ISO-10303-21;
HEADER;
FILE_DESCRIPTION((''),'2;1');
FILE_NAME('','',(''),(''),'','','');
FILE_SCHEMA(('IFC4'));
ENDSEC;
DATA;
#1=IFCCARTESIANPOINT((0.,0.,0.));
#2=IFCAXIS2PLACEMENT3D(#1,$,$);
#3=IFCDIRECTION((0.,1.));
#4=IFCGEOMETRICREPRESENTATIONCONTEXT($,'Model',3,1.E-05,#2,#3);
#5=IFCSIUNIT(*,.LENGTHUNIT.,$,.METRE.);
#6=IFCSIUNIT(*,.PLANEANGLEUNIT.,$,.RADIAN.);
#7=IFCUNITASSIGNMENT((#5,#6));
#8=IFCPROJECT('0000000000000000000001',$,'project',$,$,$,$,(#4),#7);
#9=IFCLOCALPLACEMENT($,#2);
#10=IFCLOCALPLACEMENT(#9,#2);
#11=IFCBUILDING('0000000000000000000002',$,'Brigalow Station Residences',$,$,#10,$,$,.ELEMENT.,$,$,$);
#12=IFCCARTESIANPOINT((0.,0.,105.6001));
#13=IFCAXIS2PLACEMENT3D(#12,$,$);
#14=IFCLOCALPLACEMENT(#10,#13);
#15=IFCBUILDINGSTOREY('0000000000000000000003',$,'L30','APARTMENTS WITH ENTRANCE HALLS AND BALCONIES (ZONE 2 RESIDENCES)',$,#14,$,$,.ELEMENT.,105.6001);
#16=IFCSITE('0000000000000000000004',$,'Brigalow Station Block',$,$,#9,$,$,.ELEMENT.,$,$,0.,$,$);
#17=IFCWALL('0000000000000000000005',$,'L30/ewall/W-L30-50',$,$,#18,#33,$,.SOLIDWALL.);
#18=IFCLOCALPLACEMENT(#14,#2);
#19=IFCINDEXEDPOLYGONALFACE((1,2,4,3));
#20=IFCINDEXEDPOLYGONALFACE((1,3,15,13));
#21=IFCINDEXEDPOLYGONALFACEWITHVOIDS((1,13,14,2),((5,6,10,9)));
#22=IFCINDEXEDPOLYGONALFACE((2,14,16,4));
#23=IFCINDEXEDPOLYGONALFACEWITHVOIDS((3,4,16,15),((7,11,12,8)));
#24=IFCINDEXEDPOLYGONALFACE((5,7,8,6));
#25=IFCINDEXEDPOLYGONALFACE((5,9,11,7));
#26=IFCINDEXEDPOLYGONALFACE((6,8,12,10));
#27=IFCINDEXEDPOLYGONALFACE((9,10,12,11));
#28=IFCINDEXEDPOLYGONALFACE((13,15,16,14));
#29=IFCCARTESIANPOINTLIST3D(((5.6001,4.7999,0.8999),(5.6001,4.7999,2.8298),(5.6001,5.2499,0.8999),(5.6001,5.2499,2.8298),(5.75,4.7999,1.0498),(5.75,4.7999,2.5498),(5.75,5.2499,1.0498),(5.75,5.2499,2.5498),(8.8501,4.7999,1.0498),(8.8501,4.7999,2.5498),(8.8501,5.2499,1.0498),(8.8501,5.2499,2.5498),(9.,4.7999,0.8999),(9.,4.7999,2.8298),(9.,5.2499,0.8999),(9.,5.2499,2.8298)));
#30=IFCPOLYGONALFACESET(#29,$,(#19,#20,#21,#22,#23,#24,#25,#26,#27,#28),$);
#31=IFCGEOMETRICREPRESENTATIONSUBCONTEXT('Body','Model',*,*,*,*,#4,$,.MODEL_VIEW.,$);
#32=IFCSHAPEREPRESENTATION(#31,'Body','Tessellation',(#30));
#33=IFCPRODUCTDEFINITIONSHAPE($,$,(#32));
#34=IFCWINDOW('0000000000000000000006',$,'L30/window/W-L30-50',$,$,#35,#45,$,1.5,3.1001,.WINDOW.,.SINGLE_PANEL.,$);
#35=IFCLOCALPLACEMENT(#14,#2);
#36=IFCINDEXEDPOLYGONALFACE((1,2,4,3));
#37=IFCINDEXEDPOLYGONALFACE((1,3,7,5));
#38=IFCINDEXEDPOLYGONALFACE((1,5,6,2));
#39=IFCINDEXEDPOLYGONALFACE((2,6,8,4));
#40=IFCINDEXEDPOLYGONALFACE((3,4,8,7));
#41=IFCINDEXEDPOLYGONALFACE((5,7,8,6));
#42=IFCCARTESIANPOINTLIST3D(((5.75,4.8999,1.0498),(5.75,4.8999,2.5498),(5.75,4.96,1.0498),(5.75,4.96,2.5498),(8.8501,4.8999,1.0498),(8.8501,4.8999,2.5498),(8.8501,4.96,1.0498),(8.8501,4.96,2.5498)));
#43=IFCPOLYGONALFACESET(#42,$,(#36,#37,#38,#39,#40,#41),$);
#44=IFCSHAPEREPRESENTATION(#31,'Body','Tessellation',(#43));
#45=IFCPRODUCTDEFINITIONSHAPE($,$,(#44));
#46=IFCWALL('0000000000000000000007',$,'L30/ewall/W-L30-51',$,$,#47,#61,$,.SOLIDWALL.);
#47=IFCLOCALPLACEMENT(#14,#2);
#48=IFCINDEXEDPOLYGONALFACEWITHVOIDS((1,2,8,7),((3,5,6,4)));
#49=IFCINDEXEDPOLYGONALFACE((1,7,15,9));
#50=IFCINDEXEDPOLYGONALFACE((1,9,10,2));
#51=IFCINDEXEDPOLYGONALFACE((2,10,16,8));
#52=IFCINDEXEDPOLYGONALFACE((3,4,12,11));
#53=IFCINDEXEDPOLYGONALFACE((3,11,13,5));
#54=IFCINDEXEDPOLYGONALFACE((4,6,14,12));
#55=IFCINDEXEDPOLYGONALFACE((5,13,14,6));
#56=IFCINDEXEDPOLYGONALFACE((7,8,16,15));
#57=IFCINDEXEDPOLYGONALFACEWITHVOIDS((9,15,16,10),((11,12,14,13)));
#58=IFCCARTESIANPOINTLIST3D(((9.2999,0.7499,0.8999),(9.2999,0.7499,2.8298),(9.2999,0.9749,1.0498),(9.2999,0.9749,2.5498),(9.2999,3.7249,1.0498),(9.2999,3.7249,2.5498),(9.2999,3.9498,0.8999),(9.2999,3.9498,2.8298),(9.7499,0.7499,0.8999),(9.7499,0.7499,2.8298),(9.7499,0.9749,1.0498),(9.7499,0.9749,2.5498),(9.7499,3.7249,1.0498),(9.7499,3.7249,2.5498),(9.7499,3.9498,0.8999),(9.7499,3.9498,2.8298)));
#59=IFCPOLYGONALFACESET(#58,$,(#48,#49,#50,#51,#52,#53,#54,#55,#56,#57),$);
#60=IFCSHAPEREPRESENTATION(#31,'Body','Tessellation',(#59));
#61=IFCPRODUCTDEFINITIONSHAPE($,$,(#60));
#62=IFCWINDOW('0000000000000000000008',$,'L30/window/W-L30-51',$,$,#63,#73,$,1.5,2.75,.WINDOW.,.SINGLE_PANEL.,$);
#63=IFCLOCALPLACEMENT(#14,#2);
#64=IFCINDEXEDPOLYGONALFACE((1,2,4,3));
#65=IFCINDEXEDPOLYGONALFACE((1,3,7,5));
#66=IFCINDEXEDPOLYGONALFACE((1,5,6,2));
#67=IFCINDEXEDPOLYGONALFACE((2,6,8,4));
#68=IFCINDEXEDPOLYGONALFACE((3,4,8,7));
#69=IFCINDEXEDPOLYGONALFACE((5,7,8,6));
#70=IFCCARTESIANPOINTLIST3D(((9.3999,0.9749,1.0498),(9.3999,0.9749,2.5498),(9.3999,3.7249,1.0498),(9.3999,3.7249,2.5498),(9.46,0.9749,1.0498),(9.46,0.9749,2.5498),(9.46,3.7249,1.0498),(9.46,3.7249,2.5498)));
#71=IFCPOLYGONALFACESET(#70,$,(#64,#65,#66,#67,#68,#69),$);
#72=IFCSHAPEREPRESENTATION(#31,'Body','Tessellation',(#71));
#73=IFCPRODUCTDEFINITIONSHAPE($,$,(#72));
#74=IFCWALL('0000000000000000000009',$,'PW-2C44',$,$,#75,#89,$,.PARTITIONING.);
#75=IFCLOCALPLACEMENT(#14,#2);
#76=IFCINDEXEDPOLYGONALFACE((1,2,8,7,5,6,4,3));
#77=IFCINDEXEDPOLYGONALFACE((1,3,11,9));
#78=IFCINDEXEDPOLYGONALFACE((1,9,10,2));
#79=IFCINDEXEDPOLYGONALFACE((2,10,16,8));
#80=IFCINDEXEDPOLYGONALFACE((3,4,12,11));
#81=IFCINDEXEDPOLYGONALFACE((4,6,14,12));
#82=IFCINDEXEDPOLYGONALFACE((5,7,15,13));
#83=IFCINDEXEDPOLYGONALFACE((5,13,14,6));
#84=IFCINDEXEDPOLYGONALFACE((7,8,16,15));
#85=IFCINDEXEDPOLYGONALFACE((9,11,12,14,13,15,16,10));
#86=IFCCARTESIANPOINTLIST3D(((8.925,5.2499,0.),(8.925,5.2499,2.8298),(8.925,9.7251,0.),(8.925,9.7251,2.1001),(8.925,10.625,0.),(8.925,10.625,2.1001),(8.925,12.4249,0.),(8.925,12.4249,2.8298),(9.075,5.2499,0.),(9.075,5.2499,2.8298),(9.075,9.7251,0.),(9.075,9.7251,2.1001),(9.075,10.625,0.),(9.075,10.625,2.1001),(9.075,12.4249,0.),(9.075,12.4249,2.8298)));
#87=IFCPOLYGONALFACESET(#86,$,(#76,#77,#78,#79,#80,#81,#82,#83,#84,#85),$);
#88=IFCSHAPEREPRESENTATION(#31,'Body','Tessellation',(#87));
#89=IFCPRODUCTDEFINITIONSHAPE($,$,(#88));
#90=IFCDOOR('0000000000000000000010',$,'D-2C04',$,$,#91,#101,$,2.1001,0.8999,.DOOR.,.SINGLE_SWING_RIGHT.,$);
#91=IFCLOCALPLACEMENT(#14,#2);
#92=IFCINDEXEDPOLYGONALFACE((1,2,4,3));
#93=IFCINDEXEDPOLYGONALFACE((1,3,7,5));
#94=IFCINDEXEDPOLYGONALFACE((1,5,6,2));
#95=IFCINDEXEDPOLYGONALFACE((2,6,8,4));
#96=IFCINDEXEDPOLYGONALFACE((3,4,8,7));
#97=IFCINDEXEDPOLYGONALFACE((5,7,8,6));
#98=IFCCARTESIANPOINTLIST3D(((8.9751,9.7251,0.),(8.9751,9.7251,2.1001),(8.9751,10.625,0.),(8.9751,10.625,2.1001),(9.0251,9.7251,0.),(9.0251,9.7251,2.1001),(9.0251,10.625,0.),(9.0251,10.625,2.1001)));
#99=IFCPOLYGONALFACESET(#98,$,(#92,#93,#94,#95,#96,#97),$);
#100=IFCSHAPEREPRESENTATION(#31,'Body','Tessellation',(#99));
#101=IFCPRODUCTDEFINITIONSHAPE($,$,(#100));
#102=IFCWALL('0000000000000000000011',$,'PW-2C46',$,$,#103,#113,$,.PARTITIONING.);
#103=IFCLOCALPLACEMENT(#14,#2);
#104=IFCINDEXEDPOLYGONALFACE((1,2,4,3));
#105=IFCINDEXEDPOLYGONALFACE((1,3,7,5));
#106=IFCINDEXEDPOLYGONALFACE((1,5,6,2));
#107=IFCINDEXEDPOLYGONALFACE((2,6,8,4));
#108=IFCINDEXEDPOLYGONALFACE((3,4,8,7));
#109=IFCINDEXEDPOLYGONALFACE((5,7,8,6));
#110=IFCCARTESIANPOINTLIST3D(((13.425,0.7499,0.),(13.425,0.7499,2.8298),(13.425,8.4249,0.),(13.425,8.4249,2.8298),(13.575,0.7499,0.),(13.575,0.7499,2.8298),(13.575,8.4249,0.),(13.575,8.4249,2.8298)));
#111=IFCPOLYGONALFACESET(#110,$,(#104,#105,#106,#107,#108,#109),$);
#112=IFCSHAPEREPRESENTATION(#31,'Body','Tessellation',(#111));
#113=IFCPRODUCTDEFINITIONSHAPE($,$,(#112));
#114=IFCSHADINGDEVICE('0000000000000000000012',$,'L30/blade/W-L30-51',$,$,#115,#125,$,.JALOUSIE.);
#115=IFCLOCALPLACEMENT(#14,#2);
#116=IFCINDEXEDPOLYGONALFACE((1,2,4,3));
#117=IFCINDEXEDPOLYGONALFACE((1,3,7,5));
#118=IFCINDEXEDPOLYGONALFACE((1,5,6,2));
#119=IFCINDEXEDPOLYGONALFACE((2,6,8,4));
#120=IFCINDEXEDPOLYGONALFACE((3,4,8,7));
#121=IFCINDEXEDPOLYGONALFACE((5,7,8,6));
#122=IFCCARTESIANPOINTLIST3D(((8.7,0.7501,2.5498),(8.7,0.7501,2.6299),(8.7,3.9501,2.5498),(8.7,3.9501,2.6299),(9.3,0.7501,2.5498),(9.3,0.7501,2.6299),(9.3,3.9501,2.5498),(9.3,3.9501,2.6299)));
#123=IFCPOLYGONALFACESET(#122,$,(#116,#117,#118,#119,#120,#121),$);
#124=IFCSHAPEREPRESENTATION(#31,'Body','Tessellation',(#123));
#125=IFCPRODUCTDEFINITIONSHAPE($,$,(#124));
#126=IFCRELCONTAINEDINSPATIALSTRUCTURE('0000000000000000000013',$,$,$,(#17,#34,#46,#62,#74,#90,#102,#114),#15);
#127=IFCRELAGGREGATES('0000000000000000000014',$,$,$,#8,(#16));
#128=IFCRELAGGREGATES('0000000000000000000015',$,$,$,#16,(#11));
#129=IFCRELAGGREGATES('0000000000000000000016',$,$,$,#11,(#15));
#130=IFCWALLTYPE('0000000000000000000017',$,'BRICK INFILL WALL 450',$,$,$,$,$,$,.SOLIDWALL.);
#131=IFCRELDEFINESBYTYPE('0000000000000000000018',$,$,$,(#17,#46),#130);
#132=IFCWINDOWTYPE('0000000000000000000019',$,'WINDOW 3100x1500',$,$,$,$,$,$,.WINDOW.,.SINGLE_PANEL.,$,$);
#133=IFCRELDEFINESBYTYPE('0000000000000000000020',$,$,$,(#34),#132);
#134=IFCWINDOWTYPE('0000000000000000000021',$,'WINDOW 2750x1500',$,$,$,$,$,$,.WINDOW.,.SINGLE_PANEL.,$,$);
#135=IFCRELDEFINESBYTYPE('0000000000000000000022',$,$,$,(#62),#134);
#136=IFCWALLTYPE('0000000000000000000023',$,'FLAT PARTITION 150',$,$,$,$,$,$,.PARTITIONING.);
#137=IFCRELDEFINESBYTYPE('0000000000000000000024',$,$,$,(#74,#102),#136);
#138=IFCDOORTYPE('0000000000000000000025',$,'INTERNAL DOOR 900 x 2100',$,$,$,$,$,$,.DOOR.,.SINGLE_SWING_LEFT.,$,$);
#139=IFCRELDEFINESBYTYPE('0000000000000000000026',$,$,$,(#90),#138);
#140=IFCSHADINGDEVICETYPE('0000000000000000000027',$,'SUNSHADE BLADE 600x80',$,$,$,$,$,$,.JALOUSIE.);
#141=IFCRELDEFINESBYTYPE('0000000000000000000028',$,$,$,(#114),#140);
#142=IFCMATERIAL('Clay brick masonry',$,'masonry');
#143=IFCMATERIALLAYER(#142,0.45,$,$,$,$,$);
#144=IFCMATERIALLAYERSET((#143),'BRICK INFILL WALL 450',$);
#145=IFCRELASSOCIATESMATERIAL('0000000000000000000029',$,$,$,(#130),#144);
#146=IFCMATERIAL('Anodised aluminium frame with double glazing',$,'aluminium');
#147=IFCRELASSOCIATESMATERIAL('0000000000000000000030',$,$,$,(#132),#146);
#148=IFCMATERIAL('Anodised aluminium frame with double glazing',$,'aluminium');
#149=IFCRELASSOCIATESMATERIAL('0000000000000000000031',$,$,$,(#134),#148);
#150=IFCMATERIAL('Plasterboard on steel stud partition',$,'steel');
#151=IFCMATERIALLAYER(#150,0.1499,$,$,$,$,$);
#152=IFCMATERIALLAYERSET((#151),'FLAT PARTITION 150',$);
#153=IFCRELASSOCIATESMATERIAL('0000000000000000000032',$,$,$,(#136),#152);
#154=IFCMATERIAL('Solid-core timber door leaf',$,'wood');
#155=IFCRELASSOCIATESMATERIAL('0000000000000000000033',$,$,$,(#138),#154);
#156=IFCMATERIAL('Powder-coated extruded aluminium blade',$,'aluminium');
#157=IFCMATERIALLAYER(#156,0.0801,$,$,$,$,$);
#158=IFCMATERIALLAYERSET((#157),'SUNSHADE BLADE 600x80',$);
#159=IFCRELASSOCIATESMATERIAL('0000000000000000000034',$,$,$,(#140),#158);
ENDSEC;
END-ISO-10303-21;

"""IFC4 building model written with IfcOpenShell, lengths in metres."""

from ifc_helpers import new_model, si_unit, direction, frame, frame_2d, origin, origin_2d, place, context, subcontext, project, spatial, rectangle, extrude, material, layer, layer_set, type_object, element, fill, save


model = new_model("IFC4")

# Units and contexts
model_context = context("Model", 3, precision=1e-05, world=origin(), true_north=direction((0.0, 1.0)))
body_context = subcontext(model_context, "Body", "Model", "MODEL_VIEW")
ifc_project = project(units=[si_unit("LENGTHUNIT", "METRE"), si_unit("PLANEANGLEUNIT", "RADIAN")], contexts=[model_context])

# Site, building, storey
site_placement = place(None, origin())
site = spatial("IfcSite", under=ifc_project, at=site_placement, Name="Brigalow Station Block", CompositionType="ELEMENT", RefElevation=0.0)
building_placement = place(site_placement, origin())
building = spatial("IfcBuilding", under=site, at=building_placement, Name="Brigalow Station Residences", CompositionType="ELEMENT")
storey_placement = place(building_placement, frame((0.0, 0.0, 105.6001)))
storey = spatial("IfcBuildingStorey", under=building, at=storey_placement, Name="L30", Description="APARTMENTS WITH ENTRANCE HALLS AND BALCONIES (ZONE 2 RESIDENCES)", CompositionType="ELEMENT", Elevation=105.6001)

# Walls, openings, windows
ifc_material_1 = material(Name="Clay brick masonry", Category="masonry")
ifc_layer_1 = layer(ifc_material_1, 0.45)
ifc_layer_set_1 = layer_set([ifc_layer_1], Name="BRICK INFILL WALL 450")
wall_type_1 = type_object("IfcWallType", Name="BRICK INFILL WALL 450", PredefinedType="SOLIDWALL", material=ifc_layer_set_1)
wall_1_placement = place(storey_placement, frame((5.6001, 5.0249, 0.8999), z_axis=(0.0, 0.0, 1.0), x_axis=(1.0, 0.0, 0.0)))
wall_1 = element("IfcWall", 1, at=wall_1_placement, inside=storey, type_object=wall_type_1, Name="L30/ewall/W-L30-50", PredefinedType="SOLIDWALL", context=body_context, shape_type="SweptSolid", body=[
    extrude(rectangle(XDim=3.3999, YDim=0.45, at=frame_2d((1.7, 0.0))), origin(), (0.0, 0.0, 1.0), 1.9299),
])
opening_1_placement = place(wall_1_placement, frame((0.1499, 0.0, 0.1499)))
opening_1 = element("IfcOpeningElement", 2, at=opening_1_placement, cuts=wall_1, PredefinedType="OPENING", context=body_context, shape_type="SweptSolid", body=[
    extrude(rectangle(XDim=3.1001, YDim=1.5, at=frame_2d((1.55, 0.75))), frame((0.0, 0.2349, 0.0), z_axis=(0.0, -1.0, 0.0), x_axis=(1.0, 0.0, 0.0)), (0.0, 0.0, 1.0), 0.47),
])
ifc_material_2 = material(Name="Anodised aluminium frame with double glazing", Category="aluminium")
window_type_1 = type_object("IfcWindowType", Name="WINDOW 3100x1500", PartitioningType="SINGLE_PANEL", PredefinedType="WINDOW", material=ifc_material_2)
window_1_placement = place(opening_1_placement, origin())
window_1 = element("IfcWindow", 3, at=window_1_placement, inside=storey, type_object=window_type_1, Name="L30/window/W-L30-50", OverallHeight=1.5, OverallWidth=3.1001, PartitioningType="SINGLE_PANEL", PredefinedType="WINDOW", context=body_context, shape_type="SweptSolid", body=[
    extrude(rectangle(XDim=3.1001, YDim=1.5, at=frame_2d((1.55, 0.75))), frame((0.0, -0.0649, 0.0), z_axis=(0.0, -1.0, 0.0), x_axis=(1.0, 0.0, 0.0)), (0.0, 0.0, 1.0), 0.0601),
])
fill(opening_1, window_1)
wall_2_placement = place(storey_placement, frame((9.5249, 3.95, 0.8999), z_axis=(0.0, 0.0, 1.0), x_axis=(0.0, -1.0, 0.0)))
wall_2 = element("IfcWall", 4, at=wall_2_placement, inside=storey, type_object=wall_type_1, Name="L30/ewall/W-L30-51", PredefinedType="SOLIDWALL", context=body_context, shape_type="SweptSolid", body=[
    extrude(rectangle(XDim=3.2, YDim=0.45, at=frame_2d((1.6001, 0.0))), origin(), (0.0, 0.0, 1.0), 1.9299),
])
opening_2_placement = place(wall_2_placement, frame((0.2251, 0.0, 0.1499)))
opening_2 = element("IfcOpeningElement", 5, at=opening_2_placement, cuts=wall_2, PredefinedType="OPENING", context=body_context, shape_type="SweptSolid", body=[
    extrude(rectangle(XDim=2.75, YDim=1.5, at=frame_2d((1.375, 0.75))), frame((0.0, 0.2349, 0.0), z_axis=(0.0, -1.0, 0.0), x_axis=(1.0, 0.0, 0.0)), (0.0, 0.0, 1.0), 0.47),
])
ifc_material_3 = material(Name="Anodised aluminium frame with double glazing", Category="aluminium")
window_type_2 = type_object("IfcWindowType", Name="WINDOW 2750x1500", PartitioningType="SINGLE_PANEL", PredefinedType="WINDOW", material=ifc_material_3)
window_2_placement = place(opening_2_placement, origin())
window_2 = element("IfcWindow", 6, at=window_2_placement, inside=storey, type_object=window_type_2, Name="L30/window/W-L30-51", OverallHeight=1.5, OverallWidth=2.75, PartitioningType="SINGLE_PANEL", PredefinedType="WINDOW", context=body_context, shape_type="SweptSolid", body=[
    extrude(rectangle(XDim=2.75, YDim=1.5, at=frame_2d((1.375, 0.75))), frame((0.0, -0.0649, 0.0), z_axis=(0.0, -1.0, 0.0), x_axis=(1.0, 0.0, 0.0)), (0.0, 0.0, 1.0), 0.0601),
])
fill(opening_2, window_2)

# Wall, opening, door
ifc_material_4 = material(Name="Plasterboard on steel stud partition", Category="steel")
ifc_layer_2 = layer(ifc_material_4, 0.1499)
ifc_layer_set_2 = layer_set([ifc_layer_2], Name="FLAT PARTITION 150")
wall_type_2 = type_object("IfcWallType", Name="FLAT PARTITION 150", PredefinedType="PARTITIONING", material=ifc_layer_set_2)
wall_3_placement = place(storey_placement, frame((9.0, 5.25, 0.0), z_axis=(0.0, 0.0, 1.0), x_axis=(0.0, 1.0, 0.0)))
wall_3 = element("IfcWall", 7, at=wall_3_placement, inside=storey, type_object=wall_type_2, Name="PW-2C44", PredefinedType="PARTITIONING", context=body_context, shape_type="SweptSolid", body=[
    extrude(rectangle(XDim=7.175, YDim=0.1499, at=frame_2d((3.5874, 0.0))), origin(), (0.0, 0.0, 1.0), 2.8298),
])
opening_3_placement = place(wall_3_placement, frame((4.4751, 0.0, 0.0)))
opening_3 = element("IfcOpeningElement", 8, at=opening_3_placement, cuts=wall_3, PredefinedType="OPENING", context=body_context, shape_type="SweptSolid", body=[
    extrude(rectangle(XDim=0.8999, YDim=2.1001, at=frame_2d((0.45, 1.05))), frame((0.0, 0.085, 0.0), z_axis=(0.0, -1.0, 0.0), x_axis=(1.0, 0.0, 0.0)), (0.0, 0.0, 1.0), 0.1699),
])
ifc_material_5 = material(Name="Solid-core timber door leaf", Category="wood")
door_type = type_object("IfcDoorType", Name="INTERNAL DOOR 900 x 2100", OperationType="SINGLE_SWING_LEFT", PredefinedType="DOOR", material=ifc_material_5)
door_placement = place(opening_3_placement, origin())
door = element("IfcDoor", 9, at=door_placement, inside=storey, type_object=door_type, Name="D-2C04", OperationType="SINGLE_SWING_RIGHT", OverallHeight=2.1001, OverallWidth=0.8999, PredefinedType="DOOR", context=body_context, shape_type="SweptSolid", body=[
    extrude(rectangle(XDim=0.8999, YDim=2.1001, at=frame_2d((0.45, 1.05))), frame((0.0, 0.0249, 0.0), z_axis=(0.0, -1.0, 0.0), x_axis=(1.0, 0.0, 0.0)), (0.0, 0.0, 1.0), 0.05),
])
fill(opening_3, door)

# Wall
wall_4_placement = place(storey_placement, frame((13.5, 0.75, 0.0), z_axis=(0.0, 0.0, 1.0), x_axis=(0.0, 1.0, 0.0)))
element("IfcWall", 10, at=wall_4_placement, inside=storey, type_object=wall_type_2, Name="PW-2C46", PredefinedType="PARTITIONING", context=body_context, shape_type="SweptSolid", body=[
    extrude(rectangle(XDim=7.675, YDim=0.1499, at=frame_2d((3.8374, 0.0))), origin(), (0.0, 0.0, 1.0), 2.8298),
])

# Shading device
ifc_material_6 = material(Name="Powder-coated extruded aluminium blade", Category="aluminium")
ifc_layer_3 = layer(ifc_material_6, 0.0801)
ifc_layer_set_3 = layer_set([ifc_layer_3], Name="SUNSHADE BLADE 600x80")
shading_device_type = type_object("IfcShadingDeviceType", Name="SUNSHADE BLADE 600x80", PredefinedType="JALOUSIE", material=ifc_layer_set_3)
shading_device_placement = place(storey_placement, frame((9.0, 2.3501, 2.5498), z_axis=(0.0, 0.0, 1.0), x_axis=(0.0, -1.0, 0.0)))
element("IfcShadingDevice", 11, at=shading_device_placement, inside=storey, type_object=shading_device_type, Name="L30/blade/W-L30-51", PredefinedType="JALOUSIE", context=body_context, shape_type="SweptSolid", body=[
    extrude(rectangle(XDim=3.2, YDim=0.6001, at=origin_2d()), origin(), (0.0, 0.0, 1.0), 0.0801),
])

save(model, "model.ifc")
